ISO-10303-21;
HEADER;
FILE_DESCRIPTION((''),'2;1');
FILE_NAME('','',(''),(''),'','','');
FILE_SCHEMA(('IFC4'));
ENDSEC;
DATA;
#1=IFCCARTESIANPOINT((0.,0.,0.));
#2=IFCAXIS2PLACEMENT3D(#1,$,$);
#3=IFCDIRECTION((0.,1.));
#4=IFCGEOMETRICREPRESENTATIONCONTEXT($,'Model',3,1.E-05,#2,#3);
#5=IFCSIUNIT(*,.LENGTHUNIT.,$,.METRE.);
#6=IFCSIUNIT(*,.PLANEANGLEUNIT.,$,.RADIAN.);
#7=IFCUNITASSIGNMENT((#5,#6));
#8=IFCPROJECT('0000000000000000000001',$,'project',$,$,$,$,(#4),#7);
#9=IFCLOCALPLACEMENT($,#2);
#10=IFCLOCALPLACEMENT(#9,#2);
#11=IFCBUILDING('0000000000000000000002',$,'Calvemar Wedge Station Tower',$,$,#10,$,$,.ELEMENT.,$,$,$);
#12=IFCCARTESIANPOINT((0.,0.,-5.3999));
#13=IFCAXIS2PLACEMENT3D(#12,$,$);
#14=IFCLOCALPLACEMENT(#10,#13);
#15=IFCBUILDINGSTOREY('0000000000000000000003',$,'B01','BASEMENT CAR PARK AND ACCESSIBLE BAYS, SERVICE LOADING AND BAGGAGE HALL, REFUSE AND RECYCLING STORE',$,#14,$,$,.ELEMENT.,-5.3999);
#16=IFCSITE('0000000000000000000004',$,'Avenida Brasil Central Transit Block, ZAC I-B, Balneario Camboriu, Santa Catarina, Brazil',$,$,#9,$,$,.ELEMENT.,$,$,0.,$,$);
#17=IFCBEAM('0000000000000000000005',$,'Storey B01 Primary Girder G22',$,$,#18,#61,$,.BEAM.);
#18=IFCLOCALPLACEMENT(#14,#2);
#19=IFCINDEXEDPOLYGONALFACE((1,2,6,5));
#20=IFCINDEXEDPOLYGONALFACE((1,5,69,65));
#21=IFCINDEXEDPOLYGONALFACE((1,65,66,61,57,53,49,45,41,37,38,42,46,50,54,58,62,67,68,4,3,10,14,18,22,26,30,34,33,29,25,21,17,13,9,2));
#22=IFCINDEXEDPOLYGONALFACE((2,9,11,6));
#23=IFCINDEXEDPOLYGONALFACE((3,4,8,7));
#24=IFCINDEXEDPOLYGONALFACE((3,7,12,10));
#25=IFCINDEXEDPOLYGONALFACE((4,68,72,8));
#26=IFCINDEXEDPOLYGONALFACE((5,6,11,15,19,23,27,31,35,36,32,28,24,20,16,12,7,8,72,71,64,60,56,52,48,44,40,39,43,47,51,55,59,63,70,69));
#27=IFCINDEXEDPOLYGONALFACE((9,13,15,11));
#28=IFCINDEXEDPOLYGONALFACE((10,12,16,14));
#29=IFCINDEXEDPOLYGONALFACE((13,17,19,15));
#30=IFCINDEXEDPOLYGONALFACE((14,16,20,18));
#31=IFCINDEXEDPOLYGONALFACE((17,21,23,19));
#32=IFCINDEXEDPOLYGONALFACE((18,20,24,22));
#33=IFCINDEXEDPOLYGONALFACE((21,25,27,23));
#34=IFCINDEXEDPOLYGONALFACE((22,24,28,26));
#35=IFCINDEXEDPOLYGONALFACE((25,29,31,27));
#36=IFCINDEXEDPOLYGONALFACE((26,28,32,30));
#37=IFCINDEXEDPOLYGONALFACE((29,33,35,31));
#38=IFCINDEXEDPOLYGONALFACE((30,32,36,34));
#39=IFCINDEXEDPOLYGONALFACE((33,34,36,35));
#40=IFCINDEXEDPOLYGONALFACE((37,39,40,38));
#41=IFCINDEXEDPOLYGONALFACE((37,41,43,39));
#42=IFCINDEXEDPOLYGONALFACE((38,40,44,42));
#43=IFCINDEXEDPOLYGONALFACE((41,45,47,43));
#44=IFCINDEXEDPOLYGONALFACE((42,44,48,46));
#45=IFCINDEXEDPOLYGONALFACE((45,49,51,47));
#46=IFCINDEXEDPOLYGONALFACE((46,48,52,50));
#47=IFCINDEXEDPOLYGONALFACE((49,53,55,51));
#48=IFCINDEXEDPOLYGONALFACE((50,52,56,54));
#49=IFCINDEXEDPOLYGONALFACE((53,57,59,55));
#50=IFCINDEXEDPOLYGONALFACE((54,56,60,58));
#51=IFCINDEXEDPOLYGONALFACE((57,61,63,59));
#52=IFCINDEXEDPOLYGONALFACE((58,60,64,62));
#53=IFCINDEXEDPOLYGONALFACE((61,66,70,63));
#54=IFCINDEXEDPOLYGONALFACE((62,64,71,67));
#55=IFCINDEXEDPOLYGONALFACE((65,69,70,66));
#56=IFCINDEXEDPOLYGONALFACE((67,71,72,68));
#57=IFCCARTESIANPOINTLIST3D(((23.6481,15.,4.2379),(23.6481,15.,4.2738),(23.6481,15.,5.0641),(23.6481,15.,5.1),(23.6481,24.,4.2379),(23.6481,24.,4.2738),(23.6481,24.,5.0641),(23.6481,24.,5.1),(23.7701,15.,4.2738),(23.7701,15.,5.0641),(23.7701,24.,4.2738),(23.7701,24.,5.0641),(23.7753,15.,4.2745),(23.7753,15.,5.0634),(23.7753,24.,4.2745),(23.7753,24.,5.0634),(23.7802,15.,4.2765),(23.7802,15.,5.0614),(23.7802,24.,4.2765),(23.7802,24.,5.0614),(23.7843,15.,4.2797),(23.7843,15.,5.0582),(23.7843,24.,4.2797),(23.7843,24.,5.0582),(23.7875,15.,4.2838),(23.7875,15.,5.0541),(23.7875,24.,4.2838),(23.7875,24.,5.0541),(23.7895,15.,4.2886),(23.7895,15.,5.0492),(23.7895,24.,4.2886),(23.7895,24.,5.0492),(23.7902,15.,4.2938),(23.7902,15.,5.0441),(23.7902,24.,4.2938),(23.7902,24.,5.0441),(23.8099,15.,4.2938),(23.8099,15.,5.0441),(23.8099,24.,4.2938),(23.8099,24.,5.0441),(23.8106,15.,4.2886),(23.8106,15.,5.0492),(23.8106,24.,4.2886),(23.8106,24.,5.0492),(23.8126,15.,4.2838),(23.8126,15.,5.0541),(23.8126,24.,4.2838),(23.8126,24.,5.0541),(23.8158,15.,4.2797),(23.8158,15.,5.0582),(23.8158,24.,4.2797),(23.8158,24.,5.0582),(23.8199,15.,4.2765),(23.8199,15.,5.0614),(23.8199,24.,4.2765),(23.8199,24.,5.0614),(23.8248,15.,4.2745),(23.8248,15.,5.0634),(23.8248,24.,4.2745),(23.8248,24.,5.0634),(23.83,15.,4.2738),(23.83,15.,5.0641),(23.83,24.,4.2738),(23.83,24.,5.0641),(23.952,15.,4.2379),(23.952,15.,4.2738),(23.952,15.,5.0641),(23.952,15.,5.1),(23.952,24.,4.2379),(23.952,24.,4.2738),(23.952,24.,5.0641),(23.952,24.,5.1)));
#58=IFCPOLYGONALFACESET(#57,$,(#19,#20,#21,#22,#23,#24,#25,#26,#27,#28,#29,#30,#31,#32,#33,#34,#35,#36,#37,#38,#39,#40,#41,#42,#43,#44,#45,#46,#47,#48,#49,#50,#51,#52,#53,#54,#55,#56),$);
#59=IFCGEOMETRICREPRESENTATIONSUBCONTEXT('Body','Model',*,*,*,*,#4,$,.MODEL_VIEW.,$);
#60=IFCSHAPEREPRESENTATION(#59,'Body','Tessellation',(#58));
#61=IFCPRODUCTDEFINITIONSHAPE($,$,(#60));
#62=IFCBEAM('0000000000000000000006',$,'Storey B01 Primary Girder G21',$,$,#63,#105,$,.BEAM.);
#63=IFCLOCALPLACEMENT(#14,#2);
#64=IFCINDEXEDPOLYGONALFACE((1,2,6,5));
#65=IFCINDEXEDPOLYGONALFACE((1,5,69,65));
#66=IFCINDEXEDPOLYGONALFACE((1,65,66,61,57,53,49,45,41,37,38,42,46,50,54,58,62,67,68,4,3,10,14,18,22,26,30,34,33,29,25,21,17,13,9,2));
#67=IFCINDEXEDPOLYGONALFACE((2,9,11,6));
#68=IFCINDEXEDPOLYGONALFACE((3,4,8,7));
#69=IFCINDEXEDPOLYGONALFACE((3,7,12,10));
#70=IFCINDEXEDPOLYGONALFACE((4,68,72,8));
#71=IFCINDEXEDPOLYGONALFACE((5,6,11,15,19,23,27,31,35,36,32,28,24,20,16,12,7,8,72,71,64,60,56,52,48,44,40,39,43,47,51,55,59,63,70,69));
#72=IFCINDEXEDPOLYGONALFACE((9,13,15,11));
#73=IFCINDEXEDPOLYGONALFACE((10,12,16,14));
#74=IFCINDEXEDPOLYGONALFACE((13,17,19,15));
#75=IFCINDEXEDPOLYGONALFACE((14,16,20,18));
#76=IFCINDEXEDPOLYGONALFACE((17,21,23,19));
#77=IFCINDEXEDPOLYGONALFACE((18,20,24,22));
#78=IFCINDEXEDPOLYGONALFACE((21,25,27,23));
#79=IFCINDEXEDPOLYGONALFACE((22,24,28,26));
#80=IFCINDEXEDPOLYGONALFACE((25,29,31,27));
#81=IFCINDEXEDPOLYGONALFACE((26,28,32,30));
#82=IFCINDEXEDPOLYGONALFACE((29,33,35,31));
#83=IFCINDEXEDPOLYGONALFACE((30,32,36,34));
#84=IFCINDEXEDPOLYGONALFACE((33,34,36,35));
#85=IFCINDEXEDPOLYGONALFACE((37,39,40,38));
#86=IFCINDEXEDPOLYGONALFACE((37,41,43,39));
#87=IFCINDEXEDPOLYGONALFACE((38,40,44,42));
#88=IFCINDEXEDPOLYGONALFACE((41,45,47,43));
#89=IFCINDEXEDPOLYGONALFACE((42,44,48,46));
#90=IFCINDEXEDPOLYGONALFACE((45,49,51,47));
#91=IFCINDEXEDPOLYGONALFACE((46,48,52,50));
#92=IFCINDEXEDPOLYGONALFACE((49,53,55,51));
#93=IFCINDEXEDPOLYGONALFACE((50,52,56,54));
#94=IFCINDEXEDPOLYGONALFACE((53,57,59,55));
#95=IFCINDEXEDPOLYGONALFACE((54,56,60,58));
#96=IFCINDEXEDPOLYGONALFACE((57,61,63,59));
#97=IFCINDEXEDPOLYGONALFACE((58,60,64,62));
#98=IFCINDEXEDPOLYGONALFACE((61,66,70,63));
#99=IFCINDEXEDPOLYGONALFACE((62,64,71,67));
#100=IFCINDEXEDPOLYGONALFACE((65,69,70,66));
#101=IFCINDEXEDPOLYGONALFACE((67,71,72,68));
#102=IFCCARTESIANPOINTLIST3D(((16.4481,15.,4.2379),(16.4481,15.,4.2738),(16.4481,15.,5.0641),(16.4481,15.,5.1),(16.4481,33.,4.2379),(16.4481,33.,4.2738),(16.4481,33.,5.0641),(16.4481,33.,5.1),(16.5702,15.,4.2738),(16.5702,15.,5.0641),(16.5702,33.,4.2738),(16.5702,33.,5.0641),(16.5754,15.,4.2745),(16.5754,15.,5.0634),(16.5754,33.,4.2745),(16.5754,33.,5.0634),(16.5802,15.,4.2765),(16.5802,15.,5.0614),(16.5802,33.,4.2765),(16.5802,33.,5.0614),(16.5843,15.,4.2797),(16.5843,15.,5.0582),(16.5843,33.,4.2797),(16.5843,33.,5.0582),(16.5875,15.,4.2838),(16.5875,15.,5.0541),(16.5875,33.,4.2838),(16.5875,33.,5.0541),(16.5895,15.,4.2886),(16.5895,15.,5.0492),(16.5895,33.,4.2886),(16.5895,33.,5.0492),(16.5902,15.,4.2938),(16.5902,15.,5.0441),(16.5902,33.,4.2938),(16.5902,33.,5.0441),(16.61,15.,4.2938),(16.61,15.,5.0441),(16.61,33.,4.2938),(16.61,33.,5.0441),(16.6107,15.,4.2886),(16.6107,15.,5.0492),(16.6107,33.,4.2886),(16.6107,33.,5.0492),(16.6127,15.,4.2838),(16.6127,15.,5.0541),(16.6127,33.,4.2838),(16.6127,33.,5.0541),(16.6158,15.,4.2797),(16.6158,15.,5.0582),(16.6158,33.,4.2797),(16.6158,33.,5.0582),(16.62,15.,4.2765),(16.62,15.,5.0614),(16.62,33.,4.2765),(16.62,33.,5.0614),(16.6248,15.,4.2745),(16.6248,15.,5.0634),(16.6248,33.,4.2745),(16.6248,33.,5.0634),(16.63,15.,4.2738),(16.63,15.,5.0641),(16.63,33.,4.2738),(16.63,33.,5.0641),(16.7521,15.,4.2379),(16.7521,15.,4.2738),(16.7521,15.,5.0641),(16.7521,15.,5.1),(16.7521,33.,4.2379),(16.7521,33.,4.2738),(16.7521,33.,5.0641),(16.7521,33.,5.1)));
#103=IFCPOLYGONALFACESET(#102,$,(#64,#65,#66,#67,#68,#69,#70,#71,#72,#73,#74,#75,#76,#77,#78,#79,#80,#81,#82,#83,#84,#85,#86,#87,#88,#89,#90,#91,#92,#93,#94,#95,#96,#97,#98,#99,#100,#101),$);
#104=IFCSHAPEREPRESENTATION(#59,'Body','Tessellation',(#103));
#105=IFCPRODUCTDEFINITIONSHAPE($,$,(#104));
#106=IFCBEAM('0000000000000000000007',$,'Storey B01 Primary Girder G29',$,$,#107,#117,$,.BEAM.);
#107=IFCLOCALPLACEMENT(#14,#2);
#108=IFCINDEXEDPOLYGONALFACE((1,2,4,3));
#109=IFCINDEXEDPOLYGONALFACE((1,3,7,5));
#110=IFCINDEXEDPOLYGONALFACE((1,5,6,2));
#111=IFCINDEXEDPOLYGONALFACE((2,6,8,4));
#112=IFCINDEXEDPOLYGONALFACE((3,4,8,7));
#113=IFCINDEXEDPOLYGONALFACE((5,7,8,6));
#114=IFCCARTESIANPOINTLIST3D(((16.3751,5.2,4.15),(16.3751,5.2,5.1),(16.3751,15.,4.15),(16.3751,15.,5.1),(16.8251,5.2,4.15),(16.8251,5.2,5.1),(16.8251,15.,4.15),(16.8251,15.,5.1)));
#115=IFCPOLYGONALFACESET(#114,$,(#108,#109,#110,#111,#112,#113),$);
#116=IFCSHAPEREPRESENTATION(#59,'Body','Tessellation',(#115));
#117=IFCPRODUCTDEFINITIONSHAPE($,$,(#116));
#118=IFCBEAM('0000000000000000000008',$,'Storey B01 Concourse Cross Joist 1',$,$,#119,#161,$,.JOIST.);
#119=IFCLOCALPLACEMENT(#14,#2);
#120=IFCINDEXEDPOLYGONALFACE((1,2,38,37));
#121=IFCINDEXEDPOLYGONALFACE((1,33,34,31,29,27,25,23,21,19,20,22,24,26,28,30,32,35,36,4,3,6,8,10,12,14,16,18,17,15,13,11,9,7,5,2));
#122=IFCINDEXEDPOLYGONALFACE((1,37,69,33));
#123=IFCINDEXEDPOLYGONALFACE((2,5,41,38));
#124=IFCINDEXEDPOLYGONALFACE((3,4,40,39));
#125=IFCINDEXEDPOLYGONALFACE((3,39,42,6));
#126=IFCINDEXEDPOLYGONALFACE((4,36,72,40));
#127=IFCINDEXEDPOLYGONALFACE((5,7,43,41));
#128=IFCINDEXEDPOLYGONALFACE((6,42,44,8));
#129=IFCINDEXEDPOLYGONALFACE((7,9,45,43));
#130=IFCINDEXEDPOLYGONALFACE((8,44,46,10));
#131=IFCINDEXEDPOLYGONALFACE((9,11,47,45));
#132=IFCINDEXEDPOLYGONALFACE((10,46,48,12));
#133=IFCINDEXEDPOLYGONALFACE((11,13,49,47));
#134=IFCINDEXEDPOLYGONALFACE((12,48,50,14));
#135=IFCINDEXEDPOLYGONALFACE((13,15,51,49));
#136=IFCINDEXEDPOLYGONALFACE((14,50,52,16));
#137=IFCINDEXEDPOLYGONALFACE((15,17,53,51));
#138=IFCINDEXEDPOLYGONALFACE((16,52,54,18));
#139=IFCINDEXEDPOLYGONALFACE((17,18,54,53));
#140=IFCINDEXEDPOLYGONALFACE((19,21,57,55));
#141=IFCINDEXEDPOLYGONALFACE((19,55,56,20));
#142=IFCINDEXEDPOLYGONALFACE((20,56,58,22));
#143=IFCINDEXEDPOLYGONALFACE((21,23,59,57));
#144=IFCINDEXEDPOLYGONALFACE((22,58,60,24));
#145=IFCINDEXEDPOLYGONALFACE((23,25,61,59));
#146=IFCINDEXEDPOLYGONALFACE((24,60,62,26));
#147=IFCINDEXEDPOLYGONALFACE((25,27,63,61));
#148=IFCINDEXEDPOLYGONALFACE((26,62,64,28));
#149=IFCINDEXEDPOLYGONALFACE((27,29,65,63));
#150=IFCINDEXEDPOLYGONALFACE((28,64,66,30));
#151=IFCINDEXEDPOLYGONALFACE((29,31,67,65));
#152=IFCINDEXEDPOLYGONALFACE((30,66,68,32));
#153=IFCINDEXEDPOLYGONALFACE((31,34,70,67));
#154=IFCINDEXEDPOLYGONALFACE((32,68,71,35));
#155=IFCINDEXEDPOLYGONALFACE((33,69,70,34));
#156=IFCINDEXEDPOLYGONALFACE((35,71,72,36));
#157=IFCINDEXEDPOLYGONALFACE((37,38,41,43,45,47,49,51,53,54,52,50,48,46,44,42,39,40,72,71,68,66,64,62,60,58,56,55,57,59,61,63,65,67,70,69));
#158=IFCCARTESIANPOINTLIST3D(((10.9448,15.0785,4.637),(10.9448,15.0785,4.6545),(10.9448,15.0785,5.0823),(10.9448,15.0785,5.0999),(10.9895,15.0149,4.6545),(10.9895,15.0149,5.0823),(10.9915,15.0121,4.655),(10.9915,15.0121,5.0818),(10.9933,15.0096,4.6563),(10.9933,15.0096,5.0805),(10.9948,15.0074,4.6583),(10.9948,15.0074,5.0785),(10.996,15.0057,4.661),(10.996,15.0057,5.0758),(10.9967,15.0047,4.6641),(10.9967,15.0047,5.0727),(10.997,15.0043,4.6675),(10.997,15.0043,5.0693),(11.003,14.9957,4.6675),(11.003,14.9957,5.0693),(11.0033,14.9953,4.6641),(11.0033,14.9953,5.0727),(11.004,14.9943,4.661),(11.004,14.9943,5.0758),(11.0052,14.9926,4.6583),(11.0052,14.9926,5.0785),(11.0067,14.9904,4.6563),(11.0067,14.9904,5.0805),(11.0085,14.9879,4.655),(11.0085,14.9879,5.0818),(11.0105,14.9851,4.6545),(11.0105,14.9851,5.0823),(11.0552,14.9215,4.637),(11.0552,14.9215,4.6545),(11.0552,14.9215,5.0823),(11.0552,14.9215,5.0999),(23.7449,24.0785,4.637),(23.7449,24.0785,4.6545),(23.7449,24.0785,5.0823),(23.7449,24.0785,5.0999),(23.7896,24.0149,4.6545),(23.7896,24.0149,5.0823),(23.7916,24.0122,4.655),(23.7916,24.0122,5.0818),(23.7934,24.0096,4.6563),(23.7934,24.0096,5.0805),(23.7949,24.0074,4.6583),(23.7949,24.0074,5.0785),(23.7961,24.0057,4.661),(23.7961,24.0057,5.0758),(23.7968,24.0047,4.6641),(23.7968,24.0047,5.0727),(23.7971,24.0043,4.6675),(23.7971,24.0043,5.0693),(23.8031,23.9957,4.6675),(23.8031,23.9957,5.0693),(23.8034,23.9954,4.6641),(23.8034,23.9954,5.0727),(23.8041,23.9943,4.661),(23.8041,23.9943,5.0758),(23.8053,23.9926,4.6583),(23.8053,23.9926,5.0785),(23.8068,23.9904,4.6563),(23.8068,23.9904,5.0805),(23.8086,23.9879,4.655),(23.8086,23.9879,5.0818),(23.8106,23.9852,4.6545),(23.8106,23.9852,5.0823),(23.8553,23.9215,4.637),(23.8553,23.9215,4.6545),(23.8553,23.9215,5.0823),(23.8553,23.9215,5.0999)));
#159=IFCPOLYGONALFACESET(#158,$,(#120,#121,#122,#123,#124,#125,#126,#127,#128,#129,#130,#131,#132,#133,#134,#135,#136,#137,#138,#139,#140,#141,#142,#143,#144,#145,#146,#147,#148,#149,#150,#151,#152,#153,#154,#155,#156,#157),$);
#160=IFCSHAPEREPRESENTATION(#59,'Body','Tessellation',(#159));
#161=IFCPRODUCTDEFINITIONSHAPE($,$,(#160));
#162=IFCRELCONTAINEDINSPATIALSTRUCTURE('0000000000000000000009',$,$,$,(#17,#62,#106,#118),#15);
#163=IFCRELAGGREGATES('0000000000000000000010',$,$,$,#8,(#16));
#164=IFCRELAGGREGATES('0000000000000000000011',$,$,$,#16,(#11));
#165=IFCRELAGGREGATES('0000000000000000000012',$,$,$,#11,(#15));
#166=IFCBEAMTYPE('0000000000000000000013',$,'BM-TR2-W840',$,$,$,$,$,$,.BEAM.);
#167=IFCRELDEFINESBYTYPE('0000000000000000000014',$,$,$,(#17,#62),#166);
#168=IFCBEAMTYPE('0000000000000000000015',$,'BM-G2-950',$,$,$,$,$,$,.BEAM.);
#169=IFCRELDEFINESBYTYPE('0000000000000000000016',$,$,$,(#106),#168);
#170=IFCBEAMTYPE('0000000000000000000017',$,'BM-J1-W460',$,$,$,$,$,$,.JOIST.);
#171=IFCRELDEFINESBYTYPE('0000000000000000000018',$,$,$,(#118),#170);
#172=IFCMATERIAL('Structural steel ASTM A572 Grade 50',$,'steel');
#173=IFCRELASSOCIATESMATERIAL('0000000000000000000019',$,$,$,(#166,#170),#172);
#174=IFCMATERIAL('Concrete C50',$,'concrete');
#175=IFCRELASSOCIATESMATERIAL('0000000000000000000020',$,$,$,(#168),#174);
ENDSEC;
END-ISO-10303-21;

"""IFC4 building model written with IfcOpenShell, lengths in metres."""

from ifc_helpers import new_model, si_unit, direction, frame, origin, origin_2d, place, context, subcontext, project, spatial, rectangle, i_section, extrude, source, transform, mapped, material, material_profile, profile_set, type_object, element, save


model = new_model("IFC4")

# Units and contexts
model_context = context("Model", 3, precision=1e-05, world=origin(), true_north=direction((0.0, 1.0)))
body_context = subcontext(model_context, "Body", "Model", "MODEL_VIEW")
ifc_project = project(units=[si_unit("LENGTHUNIT", "METRE"), si_unit("PLANEANGLEUNIT", "RADIAN")], contexts=[model_context])

# Site, building, storey
site_placement = place(None, origin())
site = spatial("IfcSite", under=ifc_project, at=site_placement, Name="Avenida Brasil Central Transit Block, ZAC I-B, Balneario Camboriu, Santa Catarina, Brazil", CompositionType="ELEMENT", RefElevation=0.0)
building_placement = place(site_placement, origin())
building = spatial("IfcBuilding", under=site, at=building_placement, Name="Calvemar Wedge Station Tower", CompositionType="ELEMENT")
storey_placement = place(building_placement, frame((0.0, 0.0, -5.3999)))
storey = spatial("IfcBuildingStorey", under=building, at=storey_placement, Name="B01", Description="BASEMENT CAR PARK AND ACCESSIBLE BAYS, SERVICE LOADING AND BAGGAGE HALL, REFUSE AND RECYCLING STORE", CompositionType="ELEMENT", Elevation=-5.3999)

# Beams
ifc_material_1 = material(Name="Structural steel ASTM A572 Grade 50", Category="steel")
ifc_material_profile_1 = material_profile(ifc_material_1, i_section(OverallWidth=0.304, OverallDepth=0.8621, WebThickness=0.0198, FlangeThickness=0.0359, FilletRadius=0.02, at=origin_2d()), Name="W840x329")
ifc_profile_set_1 = profile_set([ifc_material_profile_1], Name="Structural steel ASTM A572 Grade 50")
beam_type_1 = type_object("IfcBeamType", Name="BM-TR2-W840", PredefinedType="BEAM", material=ifc_profile_set_1)
shared_shape_1 = source(origin(), body_context, "Body", "SweptSolid", [
    extrude(i_section(OverallWidth=0.304, OverallDepth=0.8621, WebThickness=0.0198, FlangeThickness=0.0359, FilletRadius=0.02, at=origin_2d()), origin(), (0.0, 0.0, 1.0), 9.0),
])
for number, where, z_axis, x_axis, name in (
    (1, (23.8, 15.0, 4.6689), (0.0, 1.0, 0.0), (-1.0, 0.0, 0.0), "Storey B01 Primary Girder G22"),
):
    element("IfcBeam", number, at=place(storey_placement, frame(where, z_axis=z_axis, x_axis=x_axis)), inside=storey, type_object=beam_type_1, Name=name, PredefinedType="BEAM", context=body_context, shape_type="MappedRepresentation", body=[
        mapped(shared_shape_1, transform((0.0, 0.0, 0.0), scale=1.0)),
    ])
shared_shape_2 = source(origin(), body_context, "Body", "SweptSolid", [
    extrude(i_section(OverallWidth=0.304, OverallDepth=0.8621, WebThickness=0.0198, FlangeThickness=0.0359, FilletRadius=0.02, at=origin_2d()), origin(), (0.0, 0.0, 1.0), 18.0),
])
beam_1_placement = place(storey_placement, frame((16.6001, 15.0, 4.6689), z_axis=(0.0, 1.0, 0.0), x_axis=(-1.0, 0.0, 0.0)))
element("IfcBeam", 2, at=beam_1_placement, inside=storey, type_object=beam_type_1, Name="Storey B01 Primary Girder G21", PredefinedType="BEAM", context=body_context, shape_type="MappedRepresentation", body=[
    mapped(shared_shape_2, transform((0.0, 0.0, 0.0), scale=1.0)),
])
ifc_material_2 = material(Name="Concrete C50", Category="concrete")
ifc_material_profile_2 = material_profile(ifc_material_2, rectangle(XDim=0.45, YDim=0.95, at=origin_2d()), Name="RC450x950")
ifc_profile_set_2 = profile_set([ifc_material_profile_2], Name="Concrete C50")
beam_type_2 = type_object("IfcBeamType", Name="BM-G2-950", PredefinedType="BEAM", material=ifc_profile_set_2)
shared_shape_3 = source(origin(), body_context, "Body", "SweptSolid", [
    extrude(rectangle(XDim=0.45, YDim=0.95, at=origin_2d()), origin(), (0.0, 0.0, 1.0), 9.8),
])
beam_2_placement = place(storey_placement, frame((16.6001, 5.2, 4.625), z_axis=(0.0, 1.0, 0.0), x_axis=(-1.0, 0.0, 0.0)))
element("IfcBeam", 3, at=beam_2_placement, inside=storey, type_object=beam_type_2, Name="Storey B01 Primary Girder G29", PredefinedType="BEAM", context=body_context, shape_type="MappedRepresentation", body=[
    mapped(shared_shape_3, transform((0.0, 0.0, 0.0), scale=1.0)),
])
ifc_material_profile_3 = material_profile(ifc_material_1, i_section(OverallWidth=0.1919, OverallDepth=0.4629, WebThickness=0.0105, FlangeThickness=0.0176, FilletRadius=0.0129, at=origin_2d()), Name="W460x89")
ifc_profile_set_3 = profile_set([ifc_material_profile_3], Name="Structural steel ASTM A572 Grade 50")
beam_type_3 = type_object("IfcBeamType", Name="BM-J1-W460", PredefinedType="JOIST", material=ifc_profile_set_3)
shared_shape_4 = source(origin(), body_context, "Body", "SweptSolid", [
    extrude(i_section(OverallWidth=0.1919, OverallDepth=0.4629, WebThickness=0.0105, FlangeThickness=0.0176, FilletRadius=0.0129, at=origin_2d()), origin(), (0.0, 0.0, 1.0), 15.6475),
])
beam_3_placement = place(storey_placement, frame((11.0, 15.0, 4.8684), z_axis=(0.81803, 0.575175, 0.0), x_axis=(-0.575175, 0.81803, 0.0)))
element("IfcBeam", 4, at=beam_3_placement, inside=storey, type_object=beam_type_3, Name="Storey B01 Concourse Cross Joist 1", PredefinedType="JOIST", context=body_context, shape_type="MappedRepresentation", body=[
    mapped(shared_shape_4, transform((0.0, 0.0, 0.0), scale=1.0)),
])

save(model, "model.ifc")
